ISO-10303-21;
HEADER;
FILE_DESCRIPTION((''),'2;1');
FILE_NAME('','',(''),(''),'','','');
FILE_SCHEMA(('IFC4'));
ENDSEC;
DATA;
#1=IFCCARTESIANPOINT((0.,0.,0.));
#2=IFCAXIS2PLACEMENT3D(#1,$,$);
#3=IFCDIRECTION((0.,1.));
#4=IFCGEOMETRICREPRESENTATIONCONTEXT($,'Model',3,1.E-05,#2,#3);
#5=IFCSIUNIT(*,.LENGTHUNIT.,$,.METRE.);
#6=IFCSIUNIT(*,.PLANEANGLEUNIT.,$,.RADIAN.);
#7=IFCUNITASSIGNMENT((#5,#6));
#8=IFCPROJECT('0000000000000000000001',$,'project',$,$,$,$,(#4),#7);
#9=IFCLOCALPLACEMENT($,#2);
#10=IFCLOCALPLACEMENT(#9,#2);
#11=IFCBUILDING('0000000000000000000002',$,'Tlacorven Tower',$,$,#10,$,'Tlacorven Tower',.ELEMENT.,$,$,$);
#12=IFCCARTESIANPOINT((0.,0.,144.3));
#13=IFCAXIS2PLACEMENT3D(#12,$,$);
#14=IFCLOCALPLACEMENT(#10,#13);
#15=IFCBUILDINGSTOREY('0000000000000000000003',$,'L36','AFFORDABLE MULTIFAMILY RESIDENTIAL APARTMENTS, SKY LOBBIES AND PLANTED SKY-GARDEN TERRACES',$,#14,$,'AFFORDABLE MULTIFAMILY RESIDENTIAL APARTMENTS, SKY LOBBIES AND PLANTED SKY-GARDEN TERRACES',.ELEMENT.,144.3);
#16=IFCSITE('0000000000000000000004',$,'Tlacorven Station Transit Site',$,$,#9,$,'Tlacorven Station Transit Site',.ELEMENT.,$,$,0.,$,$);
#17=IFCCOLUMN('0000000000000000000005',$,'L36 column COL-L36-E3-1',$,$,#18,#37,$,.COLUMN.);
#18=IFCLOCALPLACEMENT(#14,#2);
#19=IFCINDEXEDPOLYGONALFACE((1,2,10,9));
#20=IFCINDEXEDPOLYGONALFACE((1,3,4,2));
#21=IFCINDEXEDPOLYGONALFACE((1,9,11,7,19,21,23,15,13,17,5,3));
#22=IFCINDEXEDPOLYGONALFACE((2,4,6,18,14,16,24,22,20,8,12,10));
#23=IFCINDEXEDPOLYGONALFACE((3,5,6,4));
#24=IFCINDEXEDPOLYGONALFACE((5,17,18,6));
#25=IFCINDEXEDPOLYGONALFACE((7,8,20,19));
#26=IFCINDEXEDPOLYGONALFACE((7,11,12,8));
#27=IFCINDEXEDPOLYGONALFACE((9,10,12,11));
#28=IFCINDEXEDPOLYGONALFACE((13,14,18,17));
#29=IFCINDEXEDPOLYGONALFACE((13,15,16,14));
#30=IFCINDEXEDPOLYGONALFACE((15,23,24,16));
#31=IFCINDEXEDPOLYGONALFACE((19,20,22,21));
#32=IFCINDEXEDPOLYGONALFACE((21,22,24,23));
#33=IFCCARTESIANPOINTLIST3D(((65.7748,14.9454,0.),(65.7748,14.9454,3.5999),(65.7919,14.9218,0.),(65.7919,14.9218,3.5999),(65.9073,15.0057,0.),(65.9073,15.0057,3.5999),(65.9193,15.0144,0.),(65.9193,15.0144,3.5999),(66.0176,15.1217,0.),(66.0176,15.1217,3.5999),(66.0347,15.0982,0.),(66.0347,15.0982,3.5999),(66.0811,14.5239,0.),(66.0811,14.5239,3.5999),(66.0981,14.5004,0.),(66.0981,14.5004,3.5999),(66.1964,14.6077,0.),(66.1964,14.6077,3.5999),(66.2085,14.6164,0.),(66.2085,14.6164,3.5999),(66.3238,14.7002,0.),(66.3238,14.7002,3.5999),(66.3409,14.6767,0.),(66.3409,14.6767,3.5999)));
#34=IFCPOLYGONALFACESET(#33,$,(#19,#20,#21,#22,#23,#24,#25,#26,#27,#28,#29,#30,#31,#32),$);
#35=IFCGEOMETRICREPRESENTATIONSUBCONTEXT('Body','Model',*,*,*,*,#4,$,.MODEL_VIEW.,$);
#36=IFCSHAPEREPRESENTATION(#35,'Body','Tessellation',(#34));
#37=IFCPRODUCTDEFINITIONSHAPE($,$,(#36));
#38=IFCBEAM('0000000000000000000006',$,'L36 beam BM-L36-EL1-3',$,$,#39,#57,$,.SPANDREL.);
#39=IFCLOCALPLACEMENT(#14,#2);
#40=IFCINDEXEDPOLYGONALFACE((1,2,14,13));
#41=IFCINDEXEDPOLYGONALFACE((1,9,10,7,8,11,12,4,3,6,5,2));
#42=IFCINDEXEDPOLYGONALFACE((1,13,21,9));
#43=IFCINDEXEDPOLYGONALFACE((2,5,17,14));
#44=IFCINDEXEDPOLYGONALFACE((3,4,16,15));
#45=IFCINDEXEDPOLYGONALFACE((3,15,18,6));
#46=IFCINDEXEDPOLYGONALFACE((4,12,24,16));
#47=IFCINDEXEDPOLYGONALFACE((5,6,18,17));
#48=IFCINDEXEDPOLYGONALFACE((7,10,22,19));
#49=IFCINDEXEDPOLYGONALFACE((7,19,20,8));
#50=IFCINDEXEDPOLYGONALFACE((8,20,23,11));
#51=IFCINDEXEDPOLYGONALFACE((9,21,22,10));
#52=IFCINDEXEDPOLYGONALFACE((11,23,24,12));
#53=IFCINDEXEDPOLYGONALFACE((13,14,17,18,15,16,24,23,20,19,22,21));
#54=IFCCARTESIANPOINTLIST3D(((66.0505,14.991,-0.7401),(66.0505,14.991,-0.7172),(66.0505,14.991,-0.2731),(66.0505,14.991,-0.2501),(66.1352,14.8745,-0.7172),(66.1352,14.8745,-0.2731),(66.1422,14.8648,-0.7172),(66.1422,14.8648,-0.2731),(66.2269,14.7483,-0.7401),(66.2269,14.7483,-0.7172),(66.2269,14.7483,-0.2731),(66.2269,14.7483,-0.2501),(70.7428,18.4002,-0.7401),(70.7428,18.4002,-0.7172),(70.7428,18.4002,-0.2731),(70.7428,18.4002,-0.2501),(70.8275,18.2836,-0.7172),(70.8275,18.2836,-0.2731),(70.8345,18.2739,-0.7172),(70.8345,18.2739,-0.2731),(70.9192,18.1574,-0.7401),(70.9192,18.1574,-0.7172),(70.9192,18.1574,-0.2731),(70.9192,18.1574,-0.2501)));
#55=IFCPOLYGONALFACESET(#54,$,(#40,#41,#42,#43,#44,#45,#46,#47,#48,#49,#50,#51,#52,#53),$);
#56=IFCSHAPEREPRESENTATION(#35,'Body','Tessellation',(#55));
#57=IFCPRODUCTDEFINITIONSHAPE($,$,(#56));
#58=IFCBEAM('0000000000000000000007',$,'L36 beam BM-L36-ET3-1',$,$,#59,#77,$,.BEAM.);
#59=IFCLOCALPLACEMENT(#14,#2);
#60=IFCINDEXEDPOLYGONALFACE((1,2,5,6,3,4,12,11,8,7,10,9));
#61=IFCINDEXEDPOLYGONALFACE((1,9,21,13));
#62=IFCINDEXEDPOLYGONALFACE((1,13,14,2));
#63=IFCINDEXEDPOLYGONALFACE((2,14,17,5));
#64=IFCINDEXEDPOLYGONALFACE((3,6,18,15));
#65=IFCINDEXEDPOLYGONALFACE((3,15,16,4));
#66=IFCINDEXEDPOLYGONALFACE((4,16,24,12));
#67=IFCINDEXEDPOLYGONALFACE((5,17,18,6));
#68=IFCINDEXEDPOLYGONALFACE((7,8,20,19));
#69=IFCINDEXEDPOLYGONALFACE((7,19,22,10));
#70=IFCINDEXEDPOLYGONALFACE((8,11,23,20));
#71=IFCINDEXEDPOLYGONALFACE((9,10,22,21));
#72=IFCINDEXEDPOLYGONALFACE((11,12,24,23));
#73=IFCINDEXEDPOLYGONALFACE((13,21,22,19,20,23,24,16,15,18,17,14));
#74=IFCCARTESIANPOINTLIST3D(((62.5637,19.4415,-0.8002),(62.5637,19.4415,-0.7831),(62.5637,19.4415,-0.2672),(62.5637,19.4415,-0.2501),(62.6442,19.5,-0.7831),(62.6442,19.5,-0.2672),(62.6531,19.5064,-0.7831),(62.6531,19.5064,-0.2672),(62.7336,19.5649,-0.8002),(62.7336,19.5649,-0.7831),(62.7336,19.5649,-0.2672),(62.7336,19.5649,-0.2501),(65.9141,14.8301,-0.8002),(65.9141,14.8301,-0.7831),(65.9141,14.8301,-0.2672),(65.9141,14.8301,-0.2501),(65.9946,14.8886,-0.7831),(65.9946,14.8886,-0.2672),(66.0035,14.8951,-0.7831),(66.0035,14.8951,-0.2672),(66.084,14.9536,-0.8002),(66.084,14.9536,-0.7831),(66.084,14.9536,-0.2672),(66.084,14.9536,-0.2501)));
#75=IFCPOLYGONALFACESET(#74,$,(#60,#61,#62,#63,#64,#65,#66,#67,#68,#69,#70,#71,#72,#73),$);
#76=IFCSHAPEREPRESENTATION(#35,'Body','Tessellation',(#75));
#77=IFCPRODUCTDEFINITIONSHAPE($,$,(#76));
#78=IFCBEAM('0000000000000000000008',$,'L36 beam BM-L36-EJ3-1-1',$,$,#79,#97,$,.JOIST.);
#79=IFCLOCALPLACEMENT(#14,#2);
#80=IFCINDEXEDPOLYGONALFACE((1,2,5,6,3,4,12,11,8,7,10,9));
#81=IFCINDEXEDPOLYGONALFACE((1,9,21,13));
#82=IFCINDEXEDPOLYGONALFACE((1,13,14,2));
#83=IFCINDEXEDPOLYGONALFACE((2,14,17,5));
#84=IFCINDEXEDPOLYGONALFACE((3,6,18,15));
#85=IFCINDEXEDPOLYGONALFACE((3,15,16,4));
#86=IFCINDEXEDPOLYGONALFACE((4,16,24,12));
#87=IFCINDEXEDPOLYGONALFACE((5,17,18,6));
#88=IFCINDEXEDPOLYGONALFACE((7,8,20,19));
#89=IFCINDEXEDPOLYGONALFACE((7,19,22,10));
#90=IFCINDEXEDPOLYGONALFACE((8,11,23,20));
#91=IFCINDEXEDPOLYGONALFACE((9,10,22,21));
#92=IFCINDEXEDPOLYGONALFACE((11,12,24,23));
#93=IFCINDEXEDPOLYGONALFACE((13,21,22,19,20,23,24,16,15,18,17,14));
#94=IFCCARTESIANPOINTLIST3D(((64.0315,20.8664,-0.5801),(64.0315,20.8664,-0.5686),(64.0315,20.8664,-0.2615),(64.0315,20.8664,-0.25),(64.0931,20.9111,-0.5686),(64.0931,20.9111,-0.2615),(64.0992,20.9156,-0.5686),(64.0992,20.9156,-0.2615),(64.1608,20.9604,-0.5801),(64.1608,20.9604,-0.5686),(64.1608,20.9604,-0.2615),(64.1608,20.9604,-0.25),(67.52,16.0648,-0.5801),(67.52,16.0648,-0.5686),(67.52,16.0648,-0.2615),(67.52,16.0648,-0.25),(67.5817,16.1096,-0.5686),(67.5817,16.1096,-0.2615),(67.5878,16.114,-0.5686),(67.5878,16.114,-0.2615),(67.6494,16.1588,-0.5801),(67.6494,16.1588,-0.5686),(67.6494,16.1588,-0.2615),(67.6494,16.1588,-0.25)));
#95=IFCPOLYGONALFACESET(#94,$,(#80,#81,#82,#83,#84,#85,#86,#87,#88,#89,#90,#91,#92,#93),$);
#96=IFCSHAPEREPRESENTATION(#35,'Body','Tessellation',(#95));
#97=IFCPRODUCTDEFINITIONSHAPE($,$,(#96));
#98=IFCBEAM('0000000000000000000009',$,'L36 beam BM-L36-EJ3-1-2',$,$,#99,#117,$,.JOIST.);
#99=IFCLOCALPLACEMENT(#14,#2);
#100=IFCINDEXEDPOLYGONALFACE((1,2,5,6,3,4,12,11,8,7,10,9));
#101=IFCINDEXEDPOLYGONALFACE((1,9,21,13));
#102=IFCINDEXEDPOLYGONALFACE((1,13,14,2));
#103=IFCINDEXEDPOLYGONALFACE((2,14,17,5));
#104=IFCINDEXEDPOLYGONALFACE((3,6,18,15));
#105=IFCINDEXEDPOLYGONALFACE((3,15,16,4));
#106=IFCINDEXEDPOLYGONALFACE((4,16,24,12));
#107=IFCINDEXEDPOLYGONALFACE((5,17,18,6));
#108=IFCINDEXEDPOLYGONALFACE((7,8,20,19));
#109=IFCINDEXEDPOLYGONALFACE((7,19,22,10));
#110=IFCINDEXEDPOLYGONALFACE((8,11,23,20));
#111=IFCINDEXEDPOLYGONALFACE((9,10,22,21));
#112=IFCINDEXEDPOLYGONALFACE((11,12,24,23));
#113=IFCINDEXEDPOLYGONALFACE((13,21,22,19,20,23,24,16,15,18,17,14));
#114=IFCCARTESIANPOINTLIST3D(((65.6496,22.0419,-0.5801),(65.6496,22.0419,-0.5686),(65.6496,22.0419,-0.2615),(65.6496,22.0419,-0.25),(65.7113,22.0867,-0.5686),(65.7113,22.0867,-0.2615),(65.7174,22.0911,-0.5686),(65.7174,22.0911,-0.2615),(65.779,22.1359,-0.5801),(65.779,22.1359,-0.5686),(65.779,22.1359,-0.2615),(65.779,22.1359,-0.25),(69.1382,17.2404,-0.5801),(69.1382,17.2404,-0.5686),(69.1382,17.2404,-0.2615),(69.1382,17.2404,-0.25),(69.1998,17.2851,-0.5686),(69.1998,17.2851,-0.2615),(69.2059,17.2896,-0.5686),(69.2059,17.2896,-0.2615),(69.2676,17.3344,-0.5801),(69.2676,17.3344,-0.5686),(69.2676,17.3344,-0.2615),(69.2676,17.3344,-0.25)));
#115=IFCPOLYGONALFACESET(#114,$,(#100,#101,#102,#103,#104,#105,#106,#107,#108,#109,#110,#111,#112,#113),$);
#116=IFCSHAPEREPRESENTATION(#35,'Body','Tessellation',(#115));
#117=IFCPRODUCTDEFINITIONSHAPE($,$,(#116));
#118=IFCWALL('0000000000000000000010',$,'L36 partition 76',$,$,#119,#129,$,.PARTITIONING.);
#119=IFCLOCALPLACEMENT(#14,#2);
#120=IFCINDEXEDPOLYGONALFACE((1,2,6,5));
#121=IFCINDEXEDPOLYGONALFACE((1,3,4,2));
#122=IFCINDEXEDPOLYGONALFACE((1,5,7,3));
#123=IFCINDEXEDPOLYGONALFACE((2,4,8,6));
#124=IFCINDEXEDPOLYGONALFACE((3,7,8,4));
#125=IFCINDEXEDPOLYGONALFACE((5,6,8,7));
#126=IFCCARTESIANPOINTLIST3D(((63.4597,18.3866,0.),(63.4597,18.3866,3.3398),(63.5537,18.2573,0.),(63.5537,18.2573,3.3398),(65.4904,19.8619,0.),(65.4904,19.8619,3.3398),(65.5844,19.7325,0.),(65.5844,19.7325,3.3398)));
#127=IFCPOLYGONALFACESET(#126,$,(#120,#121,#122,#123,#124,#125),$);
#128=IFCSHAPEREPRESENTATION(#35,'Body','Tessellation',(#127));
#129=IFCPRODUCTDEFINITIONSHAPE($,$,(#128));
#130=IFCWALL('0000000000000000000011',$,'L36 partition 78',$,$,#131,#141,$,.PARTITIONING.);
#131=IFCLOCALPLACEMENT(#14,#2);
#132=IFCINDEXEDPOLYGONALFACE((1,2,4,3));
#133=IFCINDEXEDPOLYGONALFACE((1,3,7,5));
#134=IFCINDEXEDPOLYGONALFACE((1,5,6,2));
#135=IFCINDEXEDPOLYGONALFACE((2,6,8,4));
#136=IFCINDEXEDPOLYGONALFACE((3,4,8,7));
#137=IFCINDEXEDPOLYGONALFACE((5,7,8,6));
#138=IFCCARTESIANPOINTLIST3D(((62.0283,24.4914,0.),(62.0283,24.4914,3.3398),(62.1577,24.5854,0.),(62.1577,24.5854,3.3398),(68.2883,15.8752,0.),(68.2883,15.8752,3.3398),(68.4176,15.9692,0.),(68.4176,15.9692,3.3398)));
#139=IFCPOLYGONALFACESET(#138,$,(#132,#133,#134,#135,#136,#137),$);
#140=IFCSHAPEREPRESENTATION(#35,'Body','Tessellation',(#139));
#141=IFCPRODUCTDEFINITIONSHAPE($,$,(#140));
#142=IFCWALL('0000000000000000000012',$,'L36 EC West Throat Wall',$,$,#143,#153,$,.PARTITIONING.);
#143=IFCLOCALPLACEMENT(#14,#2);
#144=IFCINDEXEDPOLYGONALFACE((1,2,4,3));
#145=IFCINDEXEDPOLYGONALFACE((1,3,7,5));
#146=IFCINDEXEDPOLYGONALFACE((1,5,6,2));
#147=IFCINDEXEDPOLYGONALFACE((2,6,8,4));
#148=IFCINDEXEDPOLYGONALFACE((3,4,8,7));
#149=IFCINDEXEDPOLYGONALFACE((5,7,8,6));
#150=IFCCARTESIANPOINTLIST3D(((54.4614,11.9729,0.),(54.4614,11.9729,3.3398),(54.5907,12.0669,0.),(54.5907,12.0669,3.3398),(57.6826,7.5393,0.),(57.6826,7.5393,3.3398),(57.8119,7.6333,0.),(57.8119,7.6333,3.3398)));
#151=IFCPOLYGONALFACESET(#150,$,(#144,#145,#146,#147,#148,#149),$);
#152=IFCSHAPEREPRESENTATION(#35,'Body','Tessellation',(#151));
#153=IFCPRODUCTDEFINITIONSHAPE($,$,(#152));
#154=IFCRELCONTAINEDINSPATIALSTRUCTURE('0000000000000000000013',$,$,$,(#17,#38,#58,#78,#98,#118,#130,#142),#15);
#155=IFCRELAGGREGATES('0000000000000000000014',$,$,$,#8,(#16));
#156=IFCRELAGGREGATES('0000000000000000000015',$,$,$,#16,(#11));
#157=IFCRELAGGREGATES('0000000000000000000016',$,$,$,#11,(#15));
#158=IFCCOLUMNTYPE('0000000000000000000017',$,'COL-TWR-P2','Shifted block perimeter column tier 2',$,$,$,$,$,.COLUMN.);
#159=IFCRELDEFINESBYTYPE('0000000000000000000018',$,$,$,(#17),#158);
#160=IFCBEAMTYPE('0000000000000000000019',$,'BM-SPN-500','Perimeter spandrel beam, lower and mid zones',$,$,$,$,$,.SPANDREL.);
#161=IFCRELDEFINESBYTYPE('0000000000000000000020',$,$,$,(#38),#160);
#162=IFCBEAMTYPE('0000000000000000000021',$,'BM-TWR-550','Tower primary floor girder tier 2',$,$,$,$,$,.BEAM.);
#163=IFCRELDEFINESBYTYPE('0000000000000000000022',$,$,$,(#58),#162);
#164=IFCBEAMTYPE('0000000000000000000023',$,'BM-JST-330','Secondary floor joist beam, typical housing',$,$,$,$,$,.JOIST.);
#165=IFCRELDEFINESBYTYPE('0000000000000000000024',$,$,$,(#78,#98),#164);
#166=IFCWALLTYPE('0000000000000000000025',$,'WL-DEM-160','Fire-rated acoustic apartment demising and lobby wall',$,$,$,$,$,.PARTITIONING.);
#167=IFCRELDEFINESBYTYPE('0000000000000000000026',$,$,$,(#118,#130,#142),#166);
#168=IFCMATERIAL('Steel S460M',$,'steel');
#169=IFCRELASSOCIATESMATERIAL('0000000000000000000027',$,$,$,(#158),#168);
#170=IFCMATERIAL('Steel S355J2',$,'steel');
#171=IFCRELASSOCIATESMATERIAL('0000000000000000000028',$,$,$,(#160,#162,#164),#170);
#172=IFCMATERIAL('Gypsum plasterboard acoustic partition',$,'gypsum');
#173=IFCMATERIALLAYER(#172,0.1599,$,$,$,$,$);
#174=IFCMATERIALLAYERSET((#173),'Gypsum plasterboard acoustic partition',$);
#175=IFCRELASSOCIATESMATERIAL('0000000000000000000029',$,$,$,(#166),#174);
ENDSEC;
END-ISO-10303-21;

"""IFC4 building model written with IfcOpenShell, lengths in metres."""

from ifc_helpers import new_model, si_unit, direction, frame, frame_2d, origin, origin_2d, place, context, subcontext, project, spatial, rectangle, i_section, extrude, source, transform, mapped, material, layer, layer_set, material_profile, profile_set, type_object, element, save


model = new_model("IFC4")

# Units and contexts
model_context = context("Model", 3, precision=1e-05, world=origin(), true_north=direction((0.0, 1.0)))
body_context = subcontext(model_context, "Body", "Model", "MODEL_VIEW")
ifc_project = project(units=[si_unit("LENGTHUNIT", "METRE"), si_unit("PLANEANGLEUNIT", "RADIAN")], contexts=[model_context])

# Site, building, storey
site_placement = place(None, origin())
site = spatial("IfcSite", under=ifc_project, at=site_placement, Name="Tlacorven Station Transit Site", LongName="Tlacorven Station Transit Site", CompositionType="ELEMENT", RefElevation=0.0)
building_placement = place(site_placement, origin())
building = spatial("IfcBuilding", under=site, at=building_placement, Name="Tlacorven Tower", LongName="Tlacorven Tower", CompositionType="ELEMENT")
storey_placement = place(building_placement, frame((0.0, 0.0, 144.3)))
storey = spatial("IfcBuildingStorey", under=building, at=storey_placement, Name="L36", Description="AFFORDABLE MULTIFAMILY RESIDENTIAL APARTMENTS, SKY LOBBIES AND PLANTED SKY-GARDEN TERRACES", LongName="AFFORDABLE MULTIFAMILY RESIDENTIAL APARTMENTS, SKY LOBBIES AND PLANTED SKY-GARDEN TERRACES", CompositionType="ELEMENT", Elevation=144.3)

# Column
ifc_material_1 = material(Name="Steel S460M", Category="steel")
ifc_material_profile_1 = material_profile(ifc_material_1, i_section(OverallWidth=0.3, OverallDepth=0.55, WebThickness=0.0149, FlangeThickness=0.0291, at=origin_2d()), Name="HEB 550")
ifc_profile_set_1 = profile_set([ifc_material_profile_1], Name="Steel S460M")
column_type = type_object("IfcColumnType", Name="COL-TWR-P2", Description="Shifted block perimeter column tier 2", PredefinedType="COLUMN", material=ifc_profile_set_1)
shared_shape_1 = source(origin(), body_context, "Body", "SweptSolid", [
    extrude(i_section(OverallWidth=0.3, OverallDepth=0.55, WebThickness=0.0149, FlangeThickness=0.0291, at=origin_2d()), origin(), (0.0, 0.0, 1.0), 3.5999),
])
column_placement = place(storey_placement, frame((66.0579, 14.811, 0.0), z_axis=(0.0, 0.0, 1.0), x_axis=(0.809017, 0.587785, 0.0)))
element("IfcColumn", 1, at=column_placement, inside=storey, type_object=column_type, Name="L36 column COL-L36-E3-1", PredefinedType="COLUMN", context=body_context, shape_type="MappedRepresentation", body=[
    mapped(shared_shape_1, transform((0.0, 0.0, 0.0), scale=1.0)),
])

# Beams
ifc_material_2 = material(Name="Steel S355J2", Category="steel")
ifc_material_profile_2 = material_profile(ifc_material_2, i_section(OverallWidth=0.3, OverallDepth=0.49, WebThickness=0.012, FlangeThickness=0.0229, at=origin_2d()), Name="HEA 500")
ifc_profile_set_2 = profile_set([ifc_material_profile_2], Name="Steel S355J2")
beam_type_1 = type_object("IfcBeamType", Name="BM-SPN-500", Description="Perimeter spandrel beam, lower and mid zones", PredefinedType="SPANDREL", material=ifc_profile_set_2)
shared_shape_2 = source(origin(), body_context, "Body", "SweptSolid", [
    extrude(i_section(OverallWidth=0.3, OverallDepth=0.49, WebThickness=0.012, FlangeThickness=0.0229, at=origin_2d()), origin(), (0.0, 0.0, 1.0), 5.8),
])
beam_1_placement = place(storey_placement, frame((66.1387, 14.8696, -0.4951), z_axis=(0.80902, 0.587781, 0.0), x_axis=(-0.587781, 0.80902, 0.0)))
element("IfcBeam", 2, at=beam_1_placement, inside=storey, type_object=beam_type_1, Name="L36 beam BM-L36-EL1-3", PredefinedType="SPANDREL", context=body_context, shape_type="MappedRepresentation", body=[
    mapped(shared_shape_2, transform((0.0, 0.0, 0.0), scale=1.0)),
])
ifc_material_profile_3 = material_profile(ifc_material_2, i_section(OverallWidth=0.21, OverallDepth=0.55, WebThickness=0.011, FlangeThickness=0.0171, at=origin_2d()), Name="IPE 550")
ifc_profile_set_3 = profile_set([ifc_material_profile_3], Name="Steel S355J2")
beam_type_2 = type_object("IfcBeamType", Name="BM-TWR-550", Description="Tower primary floor girder tier 2", PredefinedType="BEAM", material=ifc_profile_set_3)
shared_shape_3 = source(origin(), body_context, "Body", "SweptSolid", [
    extrude(i_section(OverallWidth=0.21, OverallDepth=0.55, WebThickness=0.011, FlangeThickness=0.0171, at=origin_2d()), origin(), (0.0, 0.0, 1.0), 5.7),
])
beam_2_placement = place(storey_placement, frame((65.999, 14.8918, -0.5251), z_axis=(-0.587787, 0.809016, 0.0), x_axis=(-0.809016, -0.587787, 0.0)))
element("IfcBeam", 3, at=beam_2_placement, inside=storey, type_object=beam_type_2, Name="L36 beam BM-L36-ET3-1", PredefinedType="BEAM", context=body_context, shape_type="MappedRepresentation", body=[
    mapped(shared_shape_3, transform((0.0, 0.0, 0.0), scale=1.0)),
])
ifc_material_profile_4 = material_profile(ifc_material_2, i_section(OverallWidth=0.1599, OverallDepth=0.3301, WebThickness=0.0076, FlangeThickness=0.0115, at=origin_2d()), Name="IPE 330")
ifc_profile_set_4 = profile_set([ifc_material_profile_4], Name="Steel S355J2")
beam_type_3 = type_object("IfcBeamType", Name="BM-JST-330", Description="Secondary floor joist beam, typical housing", PredefinedType="JOIST", material=ifc_profile_set_4)
shared_shape_4 = source(origin(), body_context, "Body", "SweptSolid", [
    extrude(i_section(OverallWidth=0.1599, OverallDepth=0.3301, WebThickness=0.0076, FlangeThickness=0.0115, at=origin_2d()), origin(), (0.0, 0.0, 1.0), 5.9351),
])
for number, where, z_axis, x_axis, name in (
    (4, (67.5847, 16.1118, -0.415), (-0.587788, 0.809015, 0.0), (-0.809015, -0.587788, 0.0), "L36 beam BM-L36-EJ3-1-1"),
    (5, (69.2029, 17.2874, -0.415), (-0.587788, 0.809015, 0.0), (-0.809015, -0.587788, 0.0), "L36 beam BM-L36-EJ3-1-2"),
):
    element("IfcBeam", number, at=place(storey_placement, frame(where, z_axis=z_axis, x_axis=x_axis)), inside=storey, type_object=beam_type_3, Name=name, PredefinedType="JOIST", context=body_context, shape_type="MappedRepresentation", body=[
        mapped(shared_shape_4, transform((0.0, 0.0, 0.0), scale=1.0)),
    ])

# Walls
ifc_material_3 = material(Name="Gypsum plasterboard acoustic partition", Category="gypsum")
ifc_layer_1 = layer(ifc_material_3, 0.1599)
ifc_layer_set_1 = layer_set([ifc_layer_1], Name="Gypsum plasterboard acoustic partition")
wall_type_1 = type_object("IfcWallType", Name="WL-DEM-160", Description="Fire-rated acoustic apartment demising and lobby wall", PredefinedType="PARTITIONING", material=ifc_layer_set_1)
wall_1_placement = place(storey_placement, frame((63.5068, 18.322, 0.0), z_axis=(0.0, 0.0, 1.0), x_axis=(0.809035, 0.587761, 0.0)))
element("IfcWall", 6, at=wall_1_placement, inside=storey, type_object=wall_type_1, Name="L36 partition 76", PredefinedType="PARTITIONING", context=body_context, shape_type="SweptSolid", body=[
    extrude(rectangle(XDim=2.51, YDim=0.1599, at=frame_2d((1.2549, 0.0))), origin(), (0.0, 0.0, 1.0), 3.3398),
])
wall_2_placement = place(storey_placement, frame((68.353, 15.9221, 0.0), z_axis=(0.0, 0.0, 1.0), x_axis=(-0.587783, 0.809019, 0.0)))
element("IfcWall", 7, at=wall_2_placement, inside=storey, type_object=wall_type_1, Name="L36 partition 78", PredefinedType="PARTITIONING", context=body_context, shape_type="SweptSolid", body=[
    extrude(rectangle(XDim=10.6501, YDim=0.1599, at=frame_2d((5.3252, 0.0))), origin(), (0.0, 0.0, 1.0), 3.3398),
])
wall_3_placement = place(storey_placement, frame((57.7473, 7.5862, 0.0), z_axis=(0.0, 0.0, 1.0), x_axis=(-0.587785, 0.809017, 0.0)))
element("IfcWall", 8, at=wall_3_placement, inside=storey, type_object=wall_type_1, Name="L36 EC West Throat Wall", PredefinedType="PARTITIONING", context=body_context, shape_type="SweptSolid", body=[
    extrude(rectangle(XDim=5.4802, YDim=0.1599, at=frame_2d((2.7402, 0.0))), origin(), (0.0, 0.0, 1.0), 3.3398),
])

save(model, "model.ifc")
